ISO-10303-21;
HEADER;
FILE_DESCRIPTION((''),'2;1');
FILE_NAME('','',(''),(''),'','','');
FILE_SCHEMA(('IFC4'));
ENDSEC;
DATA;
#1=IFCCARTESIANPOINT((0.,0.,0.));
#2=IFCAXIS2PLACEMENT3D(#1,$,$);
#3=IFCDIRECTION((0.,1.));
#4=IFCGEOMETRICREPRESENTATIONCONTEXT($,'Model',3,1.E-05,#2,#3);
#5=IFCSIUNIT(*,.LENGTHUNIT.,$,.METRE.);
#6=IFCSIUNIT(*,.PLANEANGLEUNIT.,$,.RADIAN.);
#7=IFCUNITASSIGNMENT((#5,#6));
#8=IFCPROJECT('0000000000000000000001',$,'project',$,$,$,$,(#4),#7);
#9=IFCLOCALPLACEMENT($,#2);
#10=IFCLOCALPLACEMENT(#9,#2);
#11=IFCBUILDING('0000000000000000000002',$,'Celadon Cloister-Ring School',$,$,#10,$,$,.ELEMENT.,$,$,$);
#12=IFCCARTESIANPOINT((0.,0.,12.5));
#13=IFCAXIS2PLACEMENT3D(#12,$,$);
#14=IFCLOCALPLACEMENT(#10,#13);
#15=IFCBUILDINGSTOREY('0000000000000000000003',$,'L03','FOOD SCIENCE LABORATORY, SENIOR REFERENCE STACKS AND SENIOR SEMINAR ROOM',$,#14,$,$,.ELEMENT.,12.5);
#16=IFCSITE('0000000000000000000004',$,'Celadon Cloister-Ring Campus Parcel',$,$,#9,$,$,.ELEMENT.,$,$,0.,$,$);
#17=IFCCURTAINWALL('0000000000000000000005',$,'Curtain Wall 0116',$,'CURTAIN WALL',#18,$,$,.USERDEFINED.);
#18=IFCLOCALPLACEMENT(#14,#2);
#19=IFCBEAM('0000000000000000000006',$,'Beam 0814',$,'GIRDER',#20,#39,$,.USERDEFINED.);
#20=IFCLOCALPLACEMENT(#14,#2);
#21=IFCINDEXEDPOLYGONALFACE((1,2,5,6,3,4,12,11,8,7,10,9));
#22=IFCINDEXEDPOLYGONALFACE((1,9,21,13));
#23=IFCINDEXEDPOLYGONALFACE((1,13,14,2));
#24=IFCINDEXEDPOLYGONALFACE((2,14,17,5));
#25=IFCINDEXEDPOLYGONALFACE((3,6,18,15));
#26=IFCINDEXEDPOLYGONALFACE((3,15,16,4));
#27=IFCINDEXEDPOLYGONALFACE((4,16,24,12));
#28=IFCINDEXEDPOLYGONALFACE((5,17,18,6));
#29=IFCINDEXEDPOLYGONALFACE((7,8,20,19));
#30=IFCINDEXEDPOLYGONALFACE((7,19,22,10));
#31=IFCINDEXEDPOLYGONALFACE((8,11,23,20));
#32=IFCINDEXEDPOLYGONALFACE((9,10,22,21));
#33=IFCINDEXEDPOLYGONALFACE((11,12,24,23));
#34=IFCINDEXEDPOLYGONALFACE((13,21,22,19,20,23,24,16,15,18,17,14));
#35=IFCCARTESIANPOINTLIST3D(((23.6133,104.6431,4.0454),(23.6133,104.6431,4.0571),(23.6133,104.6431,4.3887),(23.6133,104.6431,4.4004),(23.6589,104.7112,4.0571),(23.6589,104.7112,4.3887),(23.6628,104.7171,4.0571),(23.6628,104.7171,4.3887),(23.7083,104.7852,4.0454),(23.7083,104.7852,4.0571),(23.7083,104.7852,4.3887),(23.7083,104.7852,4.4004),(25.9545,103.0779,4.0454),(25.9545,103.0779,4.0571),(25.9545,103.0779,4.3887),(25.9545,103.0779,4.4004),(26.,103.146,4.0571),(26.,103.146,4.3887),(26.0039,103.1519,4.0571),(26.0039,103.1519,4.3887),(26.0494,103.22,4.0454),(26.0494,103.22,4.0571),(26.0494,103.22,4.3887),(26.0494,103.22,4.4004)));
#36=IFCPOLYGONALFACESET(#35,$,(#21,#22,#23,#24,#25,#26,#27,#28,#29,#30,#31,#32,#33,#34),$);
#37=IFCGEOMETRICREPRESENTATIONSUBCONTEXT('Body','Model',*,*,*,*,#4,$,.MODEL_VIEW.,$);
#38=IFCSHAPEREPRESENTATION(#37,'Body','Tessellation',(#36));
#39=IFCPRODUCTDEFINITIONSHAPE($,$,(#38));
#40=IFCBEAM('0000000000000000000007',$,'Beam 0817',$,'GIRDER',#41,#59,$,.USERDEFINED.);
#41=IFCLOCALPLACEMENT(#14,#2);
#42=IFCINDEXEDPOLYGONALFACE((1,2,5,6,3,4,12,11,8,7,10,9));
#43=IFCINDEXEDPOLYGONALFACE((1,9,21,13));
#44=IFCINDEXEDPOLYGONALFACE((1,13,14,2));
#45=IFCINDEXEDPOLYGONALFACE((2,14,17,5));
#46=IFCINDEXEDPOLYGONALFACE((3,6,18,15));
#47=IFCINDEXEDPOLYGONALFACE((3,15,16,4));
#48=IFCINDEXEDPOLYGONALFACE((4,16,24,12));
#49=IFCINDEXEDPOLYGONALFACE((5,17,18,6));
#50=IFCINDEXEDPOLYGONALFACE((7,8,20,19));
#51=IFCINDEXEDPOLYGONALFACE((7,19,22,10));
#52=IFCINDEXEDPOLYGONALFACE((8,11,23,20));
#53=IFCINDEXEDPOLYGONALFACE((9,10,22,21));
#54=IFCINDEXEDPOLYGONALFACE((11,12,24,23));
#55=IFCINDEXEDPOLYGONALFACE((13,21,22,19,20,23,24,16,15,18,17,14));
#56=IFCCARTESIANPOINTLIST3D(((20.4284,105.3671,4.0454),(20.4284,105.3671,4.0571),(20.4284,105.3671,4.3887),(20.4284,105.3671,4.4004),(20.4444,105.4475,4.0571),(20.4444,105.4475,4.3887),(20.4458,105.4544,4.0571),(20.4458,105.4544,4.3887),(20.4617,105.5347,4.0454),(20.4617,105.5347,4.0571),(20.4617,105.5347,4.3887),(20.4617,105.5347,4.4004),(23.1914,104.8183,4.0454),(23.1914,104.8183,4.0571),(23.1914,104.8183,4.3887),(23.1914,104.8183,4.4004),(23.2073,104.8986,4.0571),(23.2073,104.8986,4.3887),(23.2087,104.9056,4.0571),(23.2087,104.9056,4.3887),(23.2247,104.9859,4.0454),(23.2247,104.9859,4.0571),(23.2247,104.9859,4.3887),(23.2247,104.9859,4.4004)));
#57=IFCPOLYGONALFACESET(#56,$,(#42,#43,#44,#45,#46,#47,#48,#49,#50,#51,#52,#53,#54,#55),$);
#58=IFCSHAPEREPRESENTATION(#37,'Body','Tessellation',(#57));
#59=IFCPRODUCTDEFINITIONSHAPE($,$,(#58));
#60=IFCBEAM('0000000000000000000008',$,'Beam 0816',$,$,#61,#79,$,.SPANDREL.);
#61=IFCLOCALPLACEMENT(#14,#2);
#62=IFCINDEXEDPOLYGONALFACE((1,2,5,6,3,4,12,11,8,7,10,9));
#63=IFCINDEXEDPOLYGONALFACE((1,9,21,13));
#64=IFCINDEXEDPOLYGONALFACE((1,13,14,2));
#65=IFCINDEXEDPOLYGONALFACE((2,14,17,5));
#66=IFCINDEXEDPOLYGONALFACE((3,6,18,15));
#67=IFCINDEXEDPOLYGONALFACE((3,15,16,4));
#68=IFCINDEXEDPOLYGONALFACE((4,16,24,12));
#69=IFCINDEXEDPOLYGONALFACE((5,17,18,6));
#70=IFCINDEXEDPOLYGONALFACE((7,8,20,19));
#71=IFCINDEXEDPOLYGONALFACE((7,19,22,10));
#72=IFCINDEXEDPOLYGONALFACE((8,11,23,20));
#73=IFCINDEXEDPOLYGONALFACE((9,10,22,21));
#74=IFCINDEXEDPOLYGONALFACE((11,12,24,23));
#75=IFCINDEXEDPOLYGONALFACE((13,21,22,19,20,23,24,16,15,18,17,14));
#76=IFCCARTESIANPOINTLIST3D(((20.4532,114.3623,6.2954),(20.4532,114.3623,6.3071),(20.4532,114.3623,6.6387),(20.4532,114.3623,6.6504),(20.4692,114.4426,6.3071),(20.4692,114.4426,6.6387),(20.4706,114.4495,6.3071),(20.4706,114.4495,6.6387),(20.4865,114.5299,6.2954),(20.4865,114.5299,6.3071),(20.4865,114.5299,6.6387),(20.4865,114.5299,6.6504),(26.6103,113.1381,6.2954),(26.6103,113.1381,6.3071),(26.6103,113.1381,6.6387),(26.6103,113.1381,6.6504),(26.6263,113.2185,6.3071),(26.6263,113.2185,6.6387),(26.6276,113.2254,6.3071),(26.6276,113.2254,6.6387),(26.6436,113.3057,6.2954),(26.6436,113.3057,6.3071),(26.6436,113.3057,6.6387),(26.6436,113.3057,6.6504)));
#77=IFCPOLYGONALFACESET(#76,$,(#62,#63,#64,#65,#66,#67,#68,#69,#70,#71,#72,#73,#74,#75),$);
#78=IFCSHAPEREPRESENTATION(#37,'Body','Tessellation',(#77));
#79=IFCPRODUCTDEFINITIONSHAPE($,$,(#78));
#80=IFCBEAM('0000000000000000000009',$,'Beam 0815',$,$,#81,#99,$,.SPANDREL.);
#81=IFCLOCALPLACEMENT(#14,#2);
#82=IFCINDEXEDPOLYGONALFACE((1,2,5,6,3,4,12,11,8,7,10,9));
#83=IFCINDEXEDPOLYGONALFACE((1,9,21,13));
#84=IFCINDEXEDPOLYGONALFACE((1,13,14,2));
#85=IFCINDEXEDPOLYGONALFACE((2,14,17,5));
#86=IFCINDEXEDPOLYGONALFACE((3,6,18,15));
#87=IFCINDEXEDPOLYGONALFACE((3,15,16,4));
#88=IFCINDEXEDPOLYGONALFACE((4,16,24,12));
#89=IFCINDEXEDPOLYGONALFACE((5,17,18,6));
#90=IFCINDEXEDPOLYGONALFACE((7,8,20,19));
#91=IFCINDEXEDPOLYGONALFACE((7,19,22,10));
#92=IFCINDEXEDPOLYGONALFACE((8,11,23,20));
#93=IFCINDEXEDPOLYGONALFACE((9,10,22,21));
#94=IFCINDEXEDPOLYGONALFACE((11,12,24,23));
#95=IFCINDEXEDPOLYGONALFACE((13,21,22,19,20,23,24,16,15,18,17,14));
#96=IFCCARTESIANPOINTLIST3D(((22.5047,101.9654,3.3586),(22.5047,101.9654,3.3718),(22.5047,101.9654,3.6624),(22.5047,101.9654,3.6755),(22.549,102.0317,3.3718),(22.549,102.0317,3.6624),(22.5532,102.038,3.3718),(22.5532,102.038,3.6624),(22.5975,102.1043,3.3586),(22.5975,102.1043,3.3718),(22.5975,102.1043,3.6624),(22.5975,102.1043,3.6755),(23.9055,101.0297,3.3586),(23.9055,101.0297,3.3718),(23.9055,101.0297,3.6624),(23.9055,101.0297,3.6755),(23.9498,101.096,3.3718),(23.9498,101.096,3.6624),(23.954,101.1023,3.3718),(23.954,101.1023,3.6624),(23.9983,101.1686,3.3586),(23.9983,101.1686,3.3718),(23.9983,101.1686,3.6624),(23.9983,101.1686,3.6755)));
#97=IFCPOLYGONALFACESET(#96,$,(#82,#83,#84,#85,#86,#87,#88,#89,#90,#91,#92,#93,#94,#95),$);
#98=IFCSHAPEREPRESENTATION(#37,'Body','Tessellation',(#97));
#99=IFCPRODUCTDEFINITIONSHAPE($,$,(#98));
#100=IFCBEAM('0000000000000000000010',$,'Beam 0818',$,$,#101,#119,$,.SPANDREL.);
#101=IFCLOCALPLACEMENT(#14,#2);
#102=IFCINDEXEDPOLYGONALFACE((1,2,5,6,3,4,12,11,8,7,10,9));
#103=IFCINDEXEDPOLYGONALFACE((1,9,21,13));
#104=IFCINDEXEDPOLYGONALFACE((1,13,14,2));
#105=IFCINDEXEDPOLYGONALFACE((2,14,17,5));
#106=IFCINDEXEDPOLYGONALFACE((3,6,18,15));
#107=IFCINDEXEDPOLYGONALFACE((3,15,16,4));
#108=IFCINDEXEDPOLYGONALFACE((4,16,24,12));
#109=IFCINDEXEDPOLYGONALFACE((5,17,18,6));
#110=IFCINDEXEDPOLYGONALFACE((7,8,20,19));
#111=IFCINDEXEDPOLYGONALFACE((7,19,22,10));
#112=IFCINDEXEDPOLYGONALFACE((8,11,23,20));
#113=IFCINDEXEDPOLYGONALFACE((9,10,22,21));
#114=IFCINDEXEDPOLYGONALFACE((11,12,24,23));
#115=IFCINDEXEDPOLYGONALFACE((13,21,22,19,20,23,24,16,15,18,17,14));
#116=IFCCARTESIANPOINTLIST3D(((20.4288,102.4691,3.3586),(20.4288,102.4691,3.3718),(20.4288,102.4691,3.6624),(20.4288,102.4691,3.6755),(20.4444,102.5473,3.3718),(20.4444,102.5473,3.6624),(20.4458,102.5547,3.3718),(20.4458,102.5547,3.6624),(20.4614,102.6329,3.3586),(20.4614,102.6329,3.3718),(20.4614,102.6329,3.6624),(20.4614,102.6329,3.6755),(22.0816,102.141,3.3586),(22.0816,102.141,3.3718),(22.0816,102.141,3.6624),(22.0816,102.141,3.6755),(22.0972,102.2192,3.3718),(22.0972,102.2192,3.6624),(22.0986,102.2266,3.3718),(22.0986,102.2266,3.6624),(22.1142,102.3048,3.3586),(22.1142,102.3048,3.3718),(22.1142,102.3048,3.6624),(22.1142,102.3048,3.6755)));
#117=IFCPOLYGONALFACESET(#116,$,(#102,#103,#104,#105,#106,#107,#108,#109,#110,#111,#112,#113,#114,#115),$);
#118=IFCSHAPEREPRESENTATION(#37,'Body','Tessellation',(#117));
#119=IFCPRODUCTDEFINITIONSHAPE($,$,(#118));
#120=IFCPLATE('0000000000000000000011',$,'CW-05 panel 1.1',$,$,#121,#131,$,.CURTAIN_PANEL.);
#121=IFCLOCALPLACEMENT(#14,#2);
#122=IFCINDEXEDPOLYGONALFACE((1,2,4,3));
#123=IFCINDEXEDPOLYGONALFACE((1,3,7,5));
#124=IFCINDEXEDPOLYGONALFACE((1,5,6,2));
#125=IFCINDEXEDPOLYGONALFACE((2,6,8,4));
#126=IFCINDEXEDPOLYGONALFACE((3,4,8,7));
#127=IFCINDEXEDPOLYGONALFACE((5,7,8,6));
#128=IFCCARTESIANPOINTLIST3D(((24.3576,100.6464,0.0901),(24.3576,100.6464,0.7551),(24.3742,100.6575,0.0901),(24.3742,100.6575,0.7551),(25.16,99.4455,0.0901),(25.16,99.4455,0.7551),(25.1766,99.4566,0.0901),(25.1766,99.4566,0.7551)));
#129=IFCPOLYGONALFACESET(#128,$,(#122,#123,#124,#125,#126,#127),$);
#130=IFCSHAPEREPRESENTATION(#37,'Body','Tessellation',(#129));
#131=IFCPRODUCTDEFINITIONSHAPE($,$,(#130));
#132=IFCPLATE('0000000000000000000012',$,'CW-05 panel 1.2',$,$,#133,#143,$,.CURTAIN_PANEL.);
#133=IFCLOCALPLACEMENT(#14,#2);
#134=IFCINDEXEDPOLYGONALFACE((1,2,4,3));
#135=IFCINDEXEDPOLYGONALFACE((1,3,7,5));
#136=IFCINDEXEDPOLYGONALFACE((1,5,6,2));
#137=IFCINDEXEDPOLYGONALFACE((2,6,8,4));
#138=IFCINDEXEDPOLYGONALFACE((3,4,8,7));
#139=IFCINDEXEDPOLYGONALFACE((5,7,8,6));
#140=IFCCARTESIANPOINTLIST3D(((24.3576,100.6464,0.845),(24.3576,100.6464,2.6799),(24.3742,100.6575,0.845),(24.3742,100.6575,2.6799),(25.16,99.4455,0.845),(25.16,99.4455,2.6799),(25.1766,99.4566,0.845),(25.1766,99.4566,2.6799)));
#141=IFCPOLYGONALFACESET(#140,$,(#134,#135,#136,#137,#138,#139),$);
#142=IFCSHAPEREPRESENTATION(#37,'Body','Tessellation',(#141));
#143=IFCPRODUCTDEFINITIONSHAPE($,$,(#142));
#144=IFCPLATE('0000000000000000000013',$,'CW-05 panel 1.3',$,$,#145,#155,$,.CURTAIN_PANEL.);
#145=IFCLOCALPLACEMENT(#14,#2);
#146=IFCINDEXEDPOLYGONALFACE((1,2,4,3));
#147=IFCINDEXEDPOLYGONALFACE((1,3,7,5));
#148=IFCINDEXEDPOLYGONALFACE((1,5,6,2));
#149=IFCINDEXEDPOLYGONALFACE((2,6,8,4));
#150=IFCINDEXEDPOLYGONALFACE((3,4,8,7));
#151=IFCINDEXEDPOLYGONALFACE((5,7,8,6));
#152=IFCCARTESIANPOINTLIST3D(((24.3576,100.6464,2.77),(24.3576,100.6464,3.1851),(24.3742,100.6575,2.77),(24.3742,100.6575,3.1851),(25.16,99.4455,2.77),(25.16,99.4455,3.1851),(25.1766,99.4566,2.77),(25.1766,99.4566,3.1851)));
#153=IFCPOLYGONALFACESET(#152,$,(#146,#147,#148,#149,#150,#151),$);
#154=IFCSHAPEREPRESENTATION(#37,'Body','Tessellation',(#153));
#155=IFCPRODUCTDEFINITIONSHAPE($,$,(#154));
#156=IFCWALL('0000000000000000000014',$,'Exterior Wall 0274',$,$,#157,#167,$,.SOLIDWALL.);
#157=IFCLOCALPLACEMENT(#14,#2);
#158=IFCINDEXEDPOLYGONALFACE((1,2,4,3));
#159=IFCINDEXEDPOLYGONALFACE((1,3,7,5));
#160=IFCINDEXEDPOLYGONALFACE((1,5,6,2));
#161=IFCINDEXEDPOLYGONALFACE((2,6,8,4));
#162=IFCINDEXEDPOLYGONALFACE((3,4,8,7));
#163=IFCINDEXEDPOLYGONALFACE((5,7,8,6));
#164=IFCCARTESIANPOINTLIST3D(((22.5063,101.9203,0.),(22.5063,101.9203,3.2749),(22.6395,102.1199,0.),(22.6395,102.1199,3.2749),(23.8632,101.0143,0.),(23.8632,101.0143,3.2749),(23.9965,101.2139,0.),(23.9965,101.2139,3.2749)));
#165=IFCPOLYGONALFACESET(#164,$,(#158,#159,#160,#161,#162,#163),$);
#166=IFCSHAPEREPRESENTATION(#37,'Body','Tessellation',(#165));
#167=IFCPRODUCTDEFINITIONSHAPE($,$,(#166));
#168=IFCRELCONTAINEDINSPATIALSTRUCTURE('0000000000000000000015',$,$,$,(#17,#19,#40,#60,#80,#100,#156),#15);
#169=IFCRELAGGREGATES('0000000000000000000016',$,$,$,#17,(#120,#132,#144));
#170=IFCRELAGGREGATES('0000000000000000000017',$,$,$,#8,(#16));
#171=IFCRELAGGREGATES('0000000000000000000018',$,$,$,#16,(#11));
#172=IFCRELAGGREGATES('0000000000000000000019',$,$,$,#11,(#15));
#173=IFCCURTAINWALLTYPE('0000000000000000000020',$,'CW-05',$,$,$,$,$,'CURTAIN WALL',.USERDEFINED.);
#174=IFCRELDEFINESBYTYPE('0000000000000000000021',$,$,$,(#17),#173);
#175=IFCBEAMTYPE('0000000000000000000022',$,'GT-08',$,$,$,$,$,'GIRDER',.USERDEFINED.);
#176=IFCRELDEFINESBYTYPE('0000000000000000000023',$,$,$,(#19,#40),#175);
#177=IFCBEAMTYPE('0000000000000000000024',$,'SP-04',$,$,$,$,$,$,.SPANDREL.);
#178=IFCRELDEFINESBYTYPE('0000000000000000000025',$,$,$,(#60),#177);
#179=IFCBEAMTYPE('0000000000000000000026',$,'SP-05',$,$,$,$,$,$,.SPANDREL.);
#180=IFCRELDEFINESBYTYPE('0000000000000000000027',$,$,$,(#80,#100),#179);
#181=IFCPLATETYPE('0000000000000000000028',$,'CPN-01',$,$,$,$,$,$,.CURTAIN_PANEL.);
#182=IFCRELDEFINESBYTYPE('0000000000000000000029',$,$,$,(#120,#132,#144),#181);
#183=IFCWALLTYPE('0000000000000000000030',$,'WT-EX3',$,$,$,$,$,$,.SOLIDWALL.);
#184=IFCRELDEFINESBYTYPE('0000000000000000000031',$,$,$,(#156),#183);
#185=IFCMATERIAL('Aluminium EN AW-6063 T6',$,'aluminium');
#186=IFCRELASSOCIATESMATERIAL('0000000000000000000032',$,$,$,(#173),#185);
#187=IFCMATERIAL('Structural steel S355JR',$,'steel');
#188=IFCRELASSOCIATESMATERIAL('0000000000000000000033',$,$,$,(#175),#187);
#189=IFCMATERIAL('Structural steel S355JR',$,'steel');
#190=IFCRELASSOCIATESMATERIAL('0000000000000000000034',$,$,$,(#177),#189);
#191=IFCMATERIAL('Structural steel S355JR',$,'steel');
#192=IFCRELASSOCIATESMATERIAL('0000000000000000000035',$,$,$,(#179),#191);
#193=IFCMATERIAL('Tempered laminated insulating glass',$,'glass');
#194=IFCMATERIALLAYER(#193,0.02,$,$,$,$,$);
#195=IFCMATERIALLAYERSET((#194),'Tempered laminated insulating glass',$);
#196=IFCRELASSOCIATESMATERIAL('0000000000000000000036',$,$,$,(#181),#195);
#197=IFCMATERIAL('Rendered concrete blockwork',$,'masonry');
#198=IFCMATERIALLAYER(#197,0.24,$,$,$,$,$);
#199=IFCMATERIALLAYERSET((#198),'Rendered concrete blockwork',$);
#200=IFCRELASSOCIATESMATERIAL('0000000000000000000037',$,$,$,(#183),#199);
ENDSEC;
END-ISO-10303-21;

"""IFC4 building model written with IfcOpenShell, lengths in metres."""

from ifc_helpers import new_model, si_unit, direction, frame, frame_2d, origin, origin_2d, place, context, subcontext, project, spatial, rectangle, i_section, extrude, material, layer, layer_set, material_profile, profile_set, type_object, element, aggregate, save


model = new_model("IFC4")

# Units and contexts
model_context = context("Model", 3, precision=1e-05, world=origin(), true_north=direction((0.0, 1.0)))
body_context = subcontext(model_context, "Body", "Model", "MODEL_VIEW")
ifc_project = project(units=[si_unit("LENGTHUNIT", "METRE"), si_unit("PLANEANGLEUNIT", "RADIAN")], contexts=[model_context])

# Site, building, storey
site_placement = place(None, origin())
site = spatial("IfcSite", under=ifc_project, at=site_placement, Name="Celadon Cloister-Ring Campus Parcel", CompositionType="ELEMENT", RefElevation=0.0)
building_placement = place(site_placement, origin())
building = spatial("IfcBuilding", under=site, at=building_placement, Name="Celadon Cloister-Ring School", CompositionType="ELEMENT")
storey_placement = place(building_placement, frame((0.0, 0.0, 12.5)))
storey = spatial("IfcBuildingStorey", under=building, at=storey_placement, Name="L03", Description="FOOD SCIENCE LABORATORY, SENIOR REFERENCE STACKS AND SENIOR SEMINAR ROOM", CompositionType="ELEMENT", Elevation=12.5)

# Curtain wall
ifc_material_1 = material(Name="Aluminium EN AW-6063 T6", Category="aluminium")
curtain_wall_type = type_object("IfcCurtainWallType", Name="CW-05", ElementType="CURTAIN WALL", PredefinedType="USERDEFINED", material=ifc_material_1)
curtain_wall_1_placement = place(storey_placement, origin())
curtain_wall_1 = element("IfcCurtainWall", 1, at=curtain_wall_1_placement, inside=storey, type_object=curtain_wall_type, Name="Curtain Wall 0116", ObjectType="CURTAIN WALL", PredefinedType="USERDEFINED")

# Beams
ifc_material_2 = material(Name="Structural steel S355JR", Category="steel")
ifc_material_profile_1 = material_profile(ifc_material_2, i_section(OverallWidth=0.1709, OverallDepth=0.355, WebThickness=0.0071, FlangeThickness=0.0117, at=origin_2d()), Name="W360X51")
ifc_profile_set_1 = profile_set([ifc_material_profile_1], Name="Structural steel S355JR")
beam_type_1 = type_object("IfcBeamType", Name="GT-08", ElementType="GIRDER", PredefinedType="USERDEFINED", material=ifc_profile_set_1)
beam_1_placement = place(storey_placement, frame((26.002, 103.1489, 4.2229), z_axis=(-0.831316, 0.5558, 0.0), x_axis=(-0.5558, -0.831316, 0.0)))
element("IfcBeam", 2, at=beam_1_placement, inside=storey, type_object=beam_type_1, Name="Beam 0814", ObjectType="GIRDER", PredefinedType="USERDEFINED", context=body_context, shape_type="SweptSolid", body=[
    extrude(i_section(OverallWidth=0.1709, OverallDepth=0.355, WebThickness=0.0071, FlangeThickness=0.0117, at=origin_2d()), origin(), (0.0, 0.0, 1.0), 2.8162),
])
beam_2_placement = place(storey_placement, frame((23.208, 104.9021, 4.2229), z_axis=(-0.980837, 0.194833, 0.0), x_axis=(-0.194833, -0.980837, 0.0)))
element("IfcBeam", 3, at=beam_2_placement, inside=storey, type_object=beam_type_1, Name="Beam 0817", ObjectType="GIRDER", PredefinedType="USERDEFINED", context=body_context, shape_type="SweptSolid", body=[
    extrude(i_section(OverallWidth=0.1709, OverallDepth=0.355, WebThickness=0.0071, FlangeThickness=0.0117, at=origin_2d()), origin(), (0.0, 0.0, 1.0), 2.8169),
])
ifc_material_3 = material(Name="Structural steel S355JR", Category="steel")
ifc_material_profile_2 = material_profile(ifc_material_3, i_section(OverallWidth=0.1709, OverallDepth=0.355, WebThickness=0.0071, FlangeThickness=0.0117, at=origin_2d()), Name="W360X51")
ifc_profile_set_2 = profile_set([ifc_material_profile_2], Name="Structural steel S355JR")
beam_type_2 = type_object("IfcBeamType", Name="SP-04", PredefinedType="SPANDREL", material=ifc_profile_set_2)
beam_3_placement = place(storey_placement, frame((26.627, 113.2219, 6.4729), z_axis=(-0.980803, 0.195002, 0.0), x_axis=(-0.195002, -0.980803, 0.0)))
element("IfcBeam", 4, at=beam_3_placement, inside=storey, type_object=beam_type_2, Name="Beam 0816", PredefinedType="SPANDREL", context=body_context, shape_type="SweptSolid", body=[
    extrude(i_section(OverallWidth=0.1709, OverallDepth=0.355, WebThickness=0.0071, FlangeThickness=0.0117, at=origin_2d()), origin(), (0.0, 0.0, 1.0), 6.2776),
])
ifc_material_4 = material(Name="Structural steel S355JR", Category="steel")
ifc_material_profile_3 = material_profile(ifc_material_4, i_section(OverallWidth=0.167, OverallDepth=0.3169, WebThickness=0.0076, FlangeThickness=0.0132, at=origin_2d()), Name="W310X52")
ifc_profile_set_3 = profile_set([ifc_material_profile_3], Name="Structural steel S355JR")
beam_type_3 = type_object("IfcBeamType", Name="SP-05", PredefinedType="SPANDREL", material=ifc_profile_set_3)
beam_4_placement = place(storey_placement, frame((23.9519, 101.0991, 3.5171), z_axis=(-0.831537, 0.555469, 0.0), x_axis=(-0.555469, -0.831537, 0.0)))
element("IfcBeam", 5, at=beam_4_placement, inside=storey, type_object=beam_type_3, Name="Beam 0815", PredefinedType="SPANDREL", context=body_context, shape_type="SweptSolid", body=[
    extrude(i_section(OverallWidth=0.167, OverallDepth=0.3169, WebThickness=0.0076, FlangeThickness=0.0132, at=origin_2d()), origin(), (0.0, 0.0, 1.0), 1.6846),
])
beam_5_placement = place(storey_placement, frame((22.0979, 102.2229, 3.5171), z_axis=(-0.980858, 0.194723, 0.0), x_axis=(-0.194723, -0.980858, 0.0)))
element("IfcBeam", 6, at=beam_5_placement, inside=storey, type_object=beam_type_3, Name="Beam 0818", PredefinedType="SPANDREL", context=body_context, shape_type="SweptSolid", body=[
    extrude(i_section(OverallWidth=0.167, OverallDepth=0.3169, WebThickness=0.0076, FlangeThickness=0.0132, at=origin_2d()), origin(), (0.0, 0.0, 1.0), 1.6851),
])

# Plates
ifc_material_5 = material(Name="Tempered laminated insulating glass", Category="glass")
ifc_layer_1 = layer(ifc_material_5, 0.02)
ifc_layer_set_1 = layer_set([ifc_layer_1], Name="Tempered laminated insulating glass")
plate_type = type_object("IfcPlateType", Name="CPN-01", PredefinedType="CURTAIN_PANEL", material=ifc_layer_set_1)
plate_1_placement = place(storey_placement, frame((24.7671, 100.0515, 0.0901), z_axis=(0.0, 0.0, 1.0), x_axis=(-0.555547, 0.831485, 0.0)))
plate_1 = element("IfcPlate", 7, at=plate_1_placement, type_object=plate_type, Name="CW-05 panel 1.1", PredefinedType="CURTAIN_PANEL", context=body_context, shape_type="SweptSolid", body=[
    extrude(rectangle(XDim=1.4443, YDim=0.02, at=origin_2d()), origin(), (0.0, 0.0, 1.0), 0.665),
])
plate_2_placement = place(storey_placement, frame((24.7671, 100.0515, 0.845), z_axis=(0.0, 0.0, 1.0), x_axis=(-0.555547, 0.831485, 0.0)))
plate_2 = element("IfcPlate", 8, at=plate_2_placement, type_object=plate_type, Name="CW-05 panel 1.2", PredefinedType="CURTAIN_PANEL", context=body_context, shape_type="SweptSolid", body=[
    extrude(rectangle(XDim=1.4443, YDim=0.02, at=origin_2d()), origin(), (0.0, 0.0, 1.0), 1.835),
])
plate_3_placement = place(storey_placement, frame((24.7671, 100.0515, 2.77), z_axis=(0.0, 0.0, 1.0), x_axis=(-0.555547, 0.831485, 0.0)))
plate_3 = element("IfcPlate", 9, at=plate_3_placement, type_object=plate_type, Name="CW-05 panel 1.3", PredefinedType="CURTAIN_PANEL", context=body_context, shape_type="SweptSolid", body=[
    extrude(rectangle(XDim=1.4443, YDim=0.02, at=origin_2d()), origin(), (0.0, 0.0, 1.0), 0.415),
])
aggregate(curtain_wall_1, [plate_1, plate_2, plate_3])

# Wall
ifc_material_6 = material(Name="Rendered concrete blockwork", Category="masonry")
ifc_layer_2 = layer(ifc_material_6, 0.24)
ifc_layer_set_2 = layer_set([ifc_layer_2], Name="Rendered concrete blockwork")
wall_type_1 = type_object("IfcWallType", Name="WT-EX3", PredefinedType="SOLIDWALL", material=ifc_layer_set_2)
wall_1_placement = place(storey_placement, frame((23.9299, 101.114, 0.0), z_axis=(0.0, 0.0, 1.0), x_axis=(-0.831659, 0.555287, 0.0)))
element("IfcWall", 10, at=wall_1_placement, inside=storey, type_object=wall_type_1, Name="Exterior Wall 0274", PredefinedType="SOLIDWALL", context=body_context, shape_type="SweptSolid", body=[
    extrude(rectangle(XDim=1.6316, YDim=0.24, at=frame_2d((0.8159, 0.0))), origin(), (0.0, 0.0, 1.0), 3.2749),
])

save(model, "model.ifc")
